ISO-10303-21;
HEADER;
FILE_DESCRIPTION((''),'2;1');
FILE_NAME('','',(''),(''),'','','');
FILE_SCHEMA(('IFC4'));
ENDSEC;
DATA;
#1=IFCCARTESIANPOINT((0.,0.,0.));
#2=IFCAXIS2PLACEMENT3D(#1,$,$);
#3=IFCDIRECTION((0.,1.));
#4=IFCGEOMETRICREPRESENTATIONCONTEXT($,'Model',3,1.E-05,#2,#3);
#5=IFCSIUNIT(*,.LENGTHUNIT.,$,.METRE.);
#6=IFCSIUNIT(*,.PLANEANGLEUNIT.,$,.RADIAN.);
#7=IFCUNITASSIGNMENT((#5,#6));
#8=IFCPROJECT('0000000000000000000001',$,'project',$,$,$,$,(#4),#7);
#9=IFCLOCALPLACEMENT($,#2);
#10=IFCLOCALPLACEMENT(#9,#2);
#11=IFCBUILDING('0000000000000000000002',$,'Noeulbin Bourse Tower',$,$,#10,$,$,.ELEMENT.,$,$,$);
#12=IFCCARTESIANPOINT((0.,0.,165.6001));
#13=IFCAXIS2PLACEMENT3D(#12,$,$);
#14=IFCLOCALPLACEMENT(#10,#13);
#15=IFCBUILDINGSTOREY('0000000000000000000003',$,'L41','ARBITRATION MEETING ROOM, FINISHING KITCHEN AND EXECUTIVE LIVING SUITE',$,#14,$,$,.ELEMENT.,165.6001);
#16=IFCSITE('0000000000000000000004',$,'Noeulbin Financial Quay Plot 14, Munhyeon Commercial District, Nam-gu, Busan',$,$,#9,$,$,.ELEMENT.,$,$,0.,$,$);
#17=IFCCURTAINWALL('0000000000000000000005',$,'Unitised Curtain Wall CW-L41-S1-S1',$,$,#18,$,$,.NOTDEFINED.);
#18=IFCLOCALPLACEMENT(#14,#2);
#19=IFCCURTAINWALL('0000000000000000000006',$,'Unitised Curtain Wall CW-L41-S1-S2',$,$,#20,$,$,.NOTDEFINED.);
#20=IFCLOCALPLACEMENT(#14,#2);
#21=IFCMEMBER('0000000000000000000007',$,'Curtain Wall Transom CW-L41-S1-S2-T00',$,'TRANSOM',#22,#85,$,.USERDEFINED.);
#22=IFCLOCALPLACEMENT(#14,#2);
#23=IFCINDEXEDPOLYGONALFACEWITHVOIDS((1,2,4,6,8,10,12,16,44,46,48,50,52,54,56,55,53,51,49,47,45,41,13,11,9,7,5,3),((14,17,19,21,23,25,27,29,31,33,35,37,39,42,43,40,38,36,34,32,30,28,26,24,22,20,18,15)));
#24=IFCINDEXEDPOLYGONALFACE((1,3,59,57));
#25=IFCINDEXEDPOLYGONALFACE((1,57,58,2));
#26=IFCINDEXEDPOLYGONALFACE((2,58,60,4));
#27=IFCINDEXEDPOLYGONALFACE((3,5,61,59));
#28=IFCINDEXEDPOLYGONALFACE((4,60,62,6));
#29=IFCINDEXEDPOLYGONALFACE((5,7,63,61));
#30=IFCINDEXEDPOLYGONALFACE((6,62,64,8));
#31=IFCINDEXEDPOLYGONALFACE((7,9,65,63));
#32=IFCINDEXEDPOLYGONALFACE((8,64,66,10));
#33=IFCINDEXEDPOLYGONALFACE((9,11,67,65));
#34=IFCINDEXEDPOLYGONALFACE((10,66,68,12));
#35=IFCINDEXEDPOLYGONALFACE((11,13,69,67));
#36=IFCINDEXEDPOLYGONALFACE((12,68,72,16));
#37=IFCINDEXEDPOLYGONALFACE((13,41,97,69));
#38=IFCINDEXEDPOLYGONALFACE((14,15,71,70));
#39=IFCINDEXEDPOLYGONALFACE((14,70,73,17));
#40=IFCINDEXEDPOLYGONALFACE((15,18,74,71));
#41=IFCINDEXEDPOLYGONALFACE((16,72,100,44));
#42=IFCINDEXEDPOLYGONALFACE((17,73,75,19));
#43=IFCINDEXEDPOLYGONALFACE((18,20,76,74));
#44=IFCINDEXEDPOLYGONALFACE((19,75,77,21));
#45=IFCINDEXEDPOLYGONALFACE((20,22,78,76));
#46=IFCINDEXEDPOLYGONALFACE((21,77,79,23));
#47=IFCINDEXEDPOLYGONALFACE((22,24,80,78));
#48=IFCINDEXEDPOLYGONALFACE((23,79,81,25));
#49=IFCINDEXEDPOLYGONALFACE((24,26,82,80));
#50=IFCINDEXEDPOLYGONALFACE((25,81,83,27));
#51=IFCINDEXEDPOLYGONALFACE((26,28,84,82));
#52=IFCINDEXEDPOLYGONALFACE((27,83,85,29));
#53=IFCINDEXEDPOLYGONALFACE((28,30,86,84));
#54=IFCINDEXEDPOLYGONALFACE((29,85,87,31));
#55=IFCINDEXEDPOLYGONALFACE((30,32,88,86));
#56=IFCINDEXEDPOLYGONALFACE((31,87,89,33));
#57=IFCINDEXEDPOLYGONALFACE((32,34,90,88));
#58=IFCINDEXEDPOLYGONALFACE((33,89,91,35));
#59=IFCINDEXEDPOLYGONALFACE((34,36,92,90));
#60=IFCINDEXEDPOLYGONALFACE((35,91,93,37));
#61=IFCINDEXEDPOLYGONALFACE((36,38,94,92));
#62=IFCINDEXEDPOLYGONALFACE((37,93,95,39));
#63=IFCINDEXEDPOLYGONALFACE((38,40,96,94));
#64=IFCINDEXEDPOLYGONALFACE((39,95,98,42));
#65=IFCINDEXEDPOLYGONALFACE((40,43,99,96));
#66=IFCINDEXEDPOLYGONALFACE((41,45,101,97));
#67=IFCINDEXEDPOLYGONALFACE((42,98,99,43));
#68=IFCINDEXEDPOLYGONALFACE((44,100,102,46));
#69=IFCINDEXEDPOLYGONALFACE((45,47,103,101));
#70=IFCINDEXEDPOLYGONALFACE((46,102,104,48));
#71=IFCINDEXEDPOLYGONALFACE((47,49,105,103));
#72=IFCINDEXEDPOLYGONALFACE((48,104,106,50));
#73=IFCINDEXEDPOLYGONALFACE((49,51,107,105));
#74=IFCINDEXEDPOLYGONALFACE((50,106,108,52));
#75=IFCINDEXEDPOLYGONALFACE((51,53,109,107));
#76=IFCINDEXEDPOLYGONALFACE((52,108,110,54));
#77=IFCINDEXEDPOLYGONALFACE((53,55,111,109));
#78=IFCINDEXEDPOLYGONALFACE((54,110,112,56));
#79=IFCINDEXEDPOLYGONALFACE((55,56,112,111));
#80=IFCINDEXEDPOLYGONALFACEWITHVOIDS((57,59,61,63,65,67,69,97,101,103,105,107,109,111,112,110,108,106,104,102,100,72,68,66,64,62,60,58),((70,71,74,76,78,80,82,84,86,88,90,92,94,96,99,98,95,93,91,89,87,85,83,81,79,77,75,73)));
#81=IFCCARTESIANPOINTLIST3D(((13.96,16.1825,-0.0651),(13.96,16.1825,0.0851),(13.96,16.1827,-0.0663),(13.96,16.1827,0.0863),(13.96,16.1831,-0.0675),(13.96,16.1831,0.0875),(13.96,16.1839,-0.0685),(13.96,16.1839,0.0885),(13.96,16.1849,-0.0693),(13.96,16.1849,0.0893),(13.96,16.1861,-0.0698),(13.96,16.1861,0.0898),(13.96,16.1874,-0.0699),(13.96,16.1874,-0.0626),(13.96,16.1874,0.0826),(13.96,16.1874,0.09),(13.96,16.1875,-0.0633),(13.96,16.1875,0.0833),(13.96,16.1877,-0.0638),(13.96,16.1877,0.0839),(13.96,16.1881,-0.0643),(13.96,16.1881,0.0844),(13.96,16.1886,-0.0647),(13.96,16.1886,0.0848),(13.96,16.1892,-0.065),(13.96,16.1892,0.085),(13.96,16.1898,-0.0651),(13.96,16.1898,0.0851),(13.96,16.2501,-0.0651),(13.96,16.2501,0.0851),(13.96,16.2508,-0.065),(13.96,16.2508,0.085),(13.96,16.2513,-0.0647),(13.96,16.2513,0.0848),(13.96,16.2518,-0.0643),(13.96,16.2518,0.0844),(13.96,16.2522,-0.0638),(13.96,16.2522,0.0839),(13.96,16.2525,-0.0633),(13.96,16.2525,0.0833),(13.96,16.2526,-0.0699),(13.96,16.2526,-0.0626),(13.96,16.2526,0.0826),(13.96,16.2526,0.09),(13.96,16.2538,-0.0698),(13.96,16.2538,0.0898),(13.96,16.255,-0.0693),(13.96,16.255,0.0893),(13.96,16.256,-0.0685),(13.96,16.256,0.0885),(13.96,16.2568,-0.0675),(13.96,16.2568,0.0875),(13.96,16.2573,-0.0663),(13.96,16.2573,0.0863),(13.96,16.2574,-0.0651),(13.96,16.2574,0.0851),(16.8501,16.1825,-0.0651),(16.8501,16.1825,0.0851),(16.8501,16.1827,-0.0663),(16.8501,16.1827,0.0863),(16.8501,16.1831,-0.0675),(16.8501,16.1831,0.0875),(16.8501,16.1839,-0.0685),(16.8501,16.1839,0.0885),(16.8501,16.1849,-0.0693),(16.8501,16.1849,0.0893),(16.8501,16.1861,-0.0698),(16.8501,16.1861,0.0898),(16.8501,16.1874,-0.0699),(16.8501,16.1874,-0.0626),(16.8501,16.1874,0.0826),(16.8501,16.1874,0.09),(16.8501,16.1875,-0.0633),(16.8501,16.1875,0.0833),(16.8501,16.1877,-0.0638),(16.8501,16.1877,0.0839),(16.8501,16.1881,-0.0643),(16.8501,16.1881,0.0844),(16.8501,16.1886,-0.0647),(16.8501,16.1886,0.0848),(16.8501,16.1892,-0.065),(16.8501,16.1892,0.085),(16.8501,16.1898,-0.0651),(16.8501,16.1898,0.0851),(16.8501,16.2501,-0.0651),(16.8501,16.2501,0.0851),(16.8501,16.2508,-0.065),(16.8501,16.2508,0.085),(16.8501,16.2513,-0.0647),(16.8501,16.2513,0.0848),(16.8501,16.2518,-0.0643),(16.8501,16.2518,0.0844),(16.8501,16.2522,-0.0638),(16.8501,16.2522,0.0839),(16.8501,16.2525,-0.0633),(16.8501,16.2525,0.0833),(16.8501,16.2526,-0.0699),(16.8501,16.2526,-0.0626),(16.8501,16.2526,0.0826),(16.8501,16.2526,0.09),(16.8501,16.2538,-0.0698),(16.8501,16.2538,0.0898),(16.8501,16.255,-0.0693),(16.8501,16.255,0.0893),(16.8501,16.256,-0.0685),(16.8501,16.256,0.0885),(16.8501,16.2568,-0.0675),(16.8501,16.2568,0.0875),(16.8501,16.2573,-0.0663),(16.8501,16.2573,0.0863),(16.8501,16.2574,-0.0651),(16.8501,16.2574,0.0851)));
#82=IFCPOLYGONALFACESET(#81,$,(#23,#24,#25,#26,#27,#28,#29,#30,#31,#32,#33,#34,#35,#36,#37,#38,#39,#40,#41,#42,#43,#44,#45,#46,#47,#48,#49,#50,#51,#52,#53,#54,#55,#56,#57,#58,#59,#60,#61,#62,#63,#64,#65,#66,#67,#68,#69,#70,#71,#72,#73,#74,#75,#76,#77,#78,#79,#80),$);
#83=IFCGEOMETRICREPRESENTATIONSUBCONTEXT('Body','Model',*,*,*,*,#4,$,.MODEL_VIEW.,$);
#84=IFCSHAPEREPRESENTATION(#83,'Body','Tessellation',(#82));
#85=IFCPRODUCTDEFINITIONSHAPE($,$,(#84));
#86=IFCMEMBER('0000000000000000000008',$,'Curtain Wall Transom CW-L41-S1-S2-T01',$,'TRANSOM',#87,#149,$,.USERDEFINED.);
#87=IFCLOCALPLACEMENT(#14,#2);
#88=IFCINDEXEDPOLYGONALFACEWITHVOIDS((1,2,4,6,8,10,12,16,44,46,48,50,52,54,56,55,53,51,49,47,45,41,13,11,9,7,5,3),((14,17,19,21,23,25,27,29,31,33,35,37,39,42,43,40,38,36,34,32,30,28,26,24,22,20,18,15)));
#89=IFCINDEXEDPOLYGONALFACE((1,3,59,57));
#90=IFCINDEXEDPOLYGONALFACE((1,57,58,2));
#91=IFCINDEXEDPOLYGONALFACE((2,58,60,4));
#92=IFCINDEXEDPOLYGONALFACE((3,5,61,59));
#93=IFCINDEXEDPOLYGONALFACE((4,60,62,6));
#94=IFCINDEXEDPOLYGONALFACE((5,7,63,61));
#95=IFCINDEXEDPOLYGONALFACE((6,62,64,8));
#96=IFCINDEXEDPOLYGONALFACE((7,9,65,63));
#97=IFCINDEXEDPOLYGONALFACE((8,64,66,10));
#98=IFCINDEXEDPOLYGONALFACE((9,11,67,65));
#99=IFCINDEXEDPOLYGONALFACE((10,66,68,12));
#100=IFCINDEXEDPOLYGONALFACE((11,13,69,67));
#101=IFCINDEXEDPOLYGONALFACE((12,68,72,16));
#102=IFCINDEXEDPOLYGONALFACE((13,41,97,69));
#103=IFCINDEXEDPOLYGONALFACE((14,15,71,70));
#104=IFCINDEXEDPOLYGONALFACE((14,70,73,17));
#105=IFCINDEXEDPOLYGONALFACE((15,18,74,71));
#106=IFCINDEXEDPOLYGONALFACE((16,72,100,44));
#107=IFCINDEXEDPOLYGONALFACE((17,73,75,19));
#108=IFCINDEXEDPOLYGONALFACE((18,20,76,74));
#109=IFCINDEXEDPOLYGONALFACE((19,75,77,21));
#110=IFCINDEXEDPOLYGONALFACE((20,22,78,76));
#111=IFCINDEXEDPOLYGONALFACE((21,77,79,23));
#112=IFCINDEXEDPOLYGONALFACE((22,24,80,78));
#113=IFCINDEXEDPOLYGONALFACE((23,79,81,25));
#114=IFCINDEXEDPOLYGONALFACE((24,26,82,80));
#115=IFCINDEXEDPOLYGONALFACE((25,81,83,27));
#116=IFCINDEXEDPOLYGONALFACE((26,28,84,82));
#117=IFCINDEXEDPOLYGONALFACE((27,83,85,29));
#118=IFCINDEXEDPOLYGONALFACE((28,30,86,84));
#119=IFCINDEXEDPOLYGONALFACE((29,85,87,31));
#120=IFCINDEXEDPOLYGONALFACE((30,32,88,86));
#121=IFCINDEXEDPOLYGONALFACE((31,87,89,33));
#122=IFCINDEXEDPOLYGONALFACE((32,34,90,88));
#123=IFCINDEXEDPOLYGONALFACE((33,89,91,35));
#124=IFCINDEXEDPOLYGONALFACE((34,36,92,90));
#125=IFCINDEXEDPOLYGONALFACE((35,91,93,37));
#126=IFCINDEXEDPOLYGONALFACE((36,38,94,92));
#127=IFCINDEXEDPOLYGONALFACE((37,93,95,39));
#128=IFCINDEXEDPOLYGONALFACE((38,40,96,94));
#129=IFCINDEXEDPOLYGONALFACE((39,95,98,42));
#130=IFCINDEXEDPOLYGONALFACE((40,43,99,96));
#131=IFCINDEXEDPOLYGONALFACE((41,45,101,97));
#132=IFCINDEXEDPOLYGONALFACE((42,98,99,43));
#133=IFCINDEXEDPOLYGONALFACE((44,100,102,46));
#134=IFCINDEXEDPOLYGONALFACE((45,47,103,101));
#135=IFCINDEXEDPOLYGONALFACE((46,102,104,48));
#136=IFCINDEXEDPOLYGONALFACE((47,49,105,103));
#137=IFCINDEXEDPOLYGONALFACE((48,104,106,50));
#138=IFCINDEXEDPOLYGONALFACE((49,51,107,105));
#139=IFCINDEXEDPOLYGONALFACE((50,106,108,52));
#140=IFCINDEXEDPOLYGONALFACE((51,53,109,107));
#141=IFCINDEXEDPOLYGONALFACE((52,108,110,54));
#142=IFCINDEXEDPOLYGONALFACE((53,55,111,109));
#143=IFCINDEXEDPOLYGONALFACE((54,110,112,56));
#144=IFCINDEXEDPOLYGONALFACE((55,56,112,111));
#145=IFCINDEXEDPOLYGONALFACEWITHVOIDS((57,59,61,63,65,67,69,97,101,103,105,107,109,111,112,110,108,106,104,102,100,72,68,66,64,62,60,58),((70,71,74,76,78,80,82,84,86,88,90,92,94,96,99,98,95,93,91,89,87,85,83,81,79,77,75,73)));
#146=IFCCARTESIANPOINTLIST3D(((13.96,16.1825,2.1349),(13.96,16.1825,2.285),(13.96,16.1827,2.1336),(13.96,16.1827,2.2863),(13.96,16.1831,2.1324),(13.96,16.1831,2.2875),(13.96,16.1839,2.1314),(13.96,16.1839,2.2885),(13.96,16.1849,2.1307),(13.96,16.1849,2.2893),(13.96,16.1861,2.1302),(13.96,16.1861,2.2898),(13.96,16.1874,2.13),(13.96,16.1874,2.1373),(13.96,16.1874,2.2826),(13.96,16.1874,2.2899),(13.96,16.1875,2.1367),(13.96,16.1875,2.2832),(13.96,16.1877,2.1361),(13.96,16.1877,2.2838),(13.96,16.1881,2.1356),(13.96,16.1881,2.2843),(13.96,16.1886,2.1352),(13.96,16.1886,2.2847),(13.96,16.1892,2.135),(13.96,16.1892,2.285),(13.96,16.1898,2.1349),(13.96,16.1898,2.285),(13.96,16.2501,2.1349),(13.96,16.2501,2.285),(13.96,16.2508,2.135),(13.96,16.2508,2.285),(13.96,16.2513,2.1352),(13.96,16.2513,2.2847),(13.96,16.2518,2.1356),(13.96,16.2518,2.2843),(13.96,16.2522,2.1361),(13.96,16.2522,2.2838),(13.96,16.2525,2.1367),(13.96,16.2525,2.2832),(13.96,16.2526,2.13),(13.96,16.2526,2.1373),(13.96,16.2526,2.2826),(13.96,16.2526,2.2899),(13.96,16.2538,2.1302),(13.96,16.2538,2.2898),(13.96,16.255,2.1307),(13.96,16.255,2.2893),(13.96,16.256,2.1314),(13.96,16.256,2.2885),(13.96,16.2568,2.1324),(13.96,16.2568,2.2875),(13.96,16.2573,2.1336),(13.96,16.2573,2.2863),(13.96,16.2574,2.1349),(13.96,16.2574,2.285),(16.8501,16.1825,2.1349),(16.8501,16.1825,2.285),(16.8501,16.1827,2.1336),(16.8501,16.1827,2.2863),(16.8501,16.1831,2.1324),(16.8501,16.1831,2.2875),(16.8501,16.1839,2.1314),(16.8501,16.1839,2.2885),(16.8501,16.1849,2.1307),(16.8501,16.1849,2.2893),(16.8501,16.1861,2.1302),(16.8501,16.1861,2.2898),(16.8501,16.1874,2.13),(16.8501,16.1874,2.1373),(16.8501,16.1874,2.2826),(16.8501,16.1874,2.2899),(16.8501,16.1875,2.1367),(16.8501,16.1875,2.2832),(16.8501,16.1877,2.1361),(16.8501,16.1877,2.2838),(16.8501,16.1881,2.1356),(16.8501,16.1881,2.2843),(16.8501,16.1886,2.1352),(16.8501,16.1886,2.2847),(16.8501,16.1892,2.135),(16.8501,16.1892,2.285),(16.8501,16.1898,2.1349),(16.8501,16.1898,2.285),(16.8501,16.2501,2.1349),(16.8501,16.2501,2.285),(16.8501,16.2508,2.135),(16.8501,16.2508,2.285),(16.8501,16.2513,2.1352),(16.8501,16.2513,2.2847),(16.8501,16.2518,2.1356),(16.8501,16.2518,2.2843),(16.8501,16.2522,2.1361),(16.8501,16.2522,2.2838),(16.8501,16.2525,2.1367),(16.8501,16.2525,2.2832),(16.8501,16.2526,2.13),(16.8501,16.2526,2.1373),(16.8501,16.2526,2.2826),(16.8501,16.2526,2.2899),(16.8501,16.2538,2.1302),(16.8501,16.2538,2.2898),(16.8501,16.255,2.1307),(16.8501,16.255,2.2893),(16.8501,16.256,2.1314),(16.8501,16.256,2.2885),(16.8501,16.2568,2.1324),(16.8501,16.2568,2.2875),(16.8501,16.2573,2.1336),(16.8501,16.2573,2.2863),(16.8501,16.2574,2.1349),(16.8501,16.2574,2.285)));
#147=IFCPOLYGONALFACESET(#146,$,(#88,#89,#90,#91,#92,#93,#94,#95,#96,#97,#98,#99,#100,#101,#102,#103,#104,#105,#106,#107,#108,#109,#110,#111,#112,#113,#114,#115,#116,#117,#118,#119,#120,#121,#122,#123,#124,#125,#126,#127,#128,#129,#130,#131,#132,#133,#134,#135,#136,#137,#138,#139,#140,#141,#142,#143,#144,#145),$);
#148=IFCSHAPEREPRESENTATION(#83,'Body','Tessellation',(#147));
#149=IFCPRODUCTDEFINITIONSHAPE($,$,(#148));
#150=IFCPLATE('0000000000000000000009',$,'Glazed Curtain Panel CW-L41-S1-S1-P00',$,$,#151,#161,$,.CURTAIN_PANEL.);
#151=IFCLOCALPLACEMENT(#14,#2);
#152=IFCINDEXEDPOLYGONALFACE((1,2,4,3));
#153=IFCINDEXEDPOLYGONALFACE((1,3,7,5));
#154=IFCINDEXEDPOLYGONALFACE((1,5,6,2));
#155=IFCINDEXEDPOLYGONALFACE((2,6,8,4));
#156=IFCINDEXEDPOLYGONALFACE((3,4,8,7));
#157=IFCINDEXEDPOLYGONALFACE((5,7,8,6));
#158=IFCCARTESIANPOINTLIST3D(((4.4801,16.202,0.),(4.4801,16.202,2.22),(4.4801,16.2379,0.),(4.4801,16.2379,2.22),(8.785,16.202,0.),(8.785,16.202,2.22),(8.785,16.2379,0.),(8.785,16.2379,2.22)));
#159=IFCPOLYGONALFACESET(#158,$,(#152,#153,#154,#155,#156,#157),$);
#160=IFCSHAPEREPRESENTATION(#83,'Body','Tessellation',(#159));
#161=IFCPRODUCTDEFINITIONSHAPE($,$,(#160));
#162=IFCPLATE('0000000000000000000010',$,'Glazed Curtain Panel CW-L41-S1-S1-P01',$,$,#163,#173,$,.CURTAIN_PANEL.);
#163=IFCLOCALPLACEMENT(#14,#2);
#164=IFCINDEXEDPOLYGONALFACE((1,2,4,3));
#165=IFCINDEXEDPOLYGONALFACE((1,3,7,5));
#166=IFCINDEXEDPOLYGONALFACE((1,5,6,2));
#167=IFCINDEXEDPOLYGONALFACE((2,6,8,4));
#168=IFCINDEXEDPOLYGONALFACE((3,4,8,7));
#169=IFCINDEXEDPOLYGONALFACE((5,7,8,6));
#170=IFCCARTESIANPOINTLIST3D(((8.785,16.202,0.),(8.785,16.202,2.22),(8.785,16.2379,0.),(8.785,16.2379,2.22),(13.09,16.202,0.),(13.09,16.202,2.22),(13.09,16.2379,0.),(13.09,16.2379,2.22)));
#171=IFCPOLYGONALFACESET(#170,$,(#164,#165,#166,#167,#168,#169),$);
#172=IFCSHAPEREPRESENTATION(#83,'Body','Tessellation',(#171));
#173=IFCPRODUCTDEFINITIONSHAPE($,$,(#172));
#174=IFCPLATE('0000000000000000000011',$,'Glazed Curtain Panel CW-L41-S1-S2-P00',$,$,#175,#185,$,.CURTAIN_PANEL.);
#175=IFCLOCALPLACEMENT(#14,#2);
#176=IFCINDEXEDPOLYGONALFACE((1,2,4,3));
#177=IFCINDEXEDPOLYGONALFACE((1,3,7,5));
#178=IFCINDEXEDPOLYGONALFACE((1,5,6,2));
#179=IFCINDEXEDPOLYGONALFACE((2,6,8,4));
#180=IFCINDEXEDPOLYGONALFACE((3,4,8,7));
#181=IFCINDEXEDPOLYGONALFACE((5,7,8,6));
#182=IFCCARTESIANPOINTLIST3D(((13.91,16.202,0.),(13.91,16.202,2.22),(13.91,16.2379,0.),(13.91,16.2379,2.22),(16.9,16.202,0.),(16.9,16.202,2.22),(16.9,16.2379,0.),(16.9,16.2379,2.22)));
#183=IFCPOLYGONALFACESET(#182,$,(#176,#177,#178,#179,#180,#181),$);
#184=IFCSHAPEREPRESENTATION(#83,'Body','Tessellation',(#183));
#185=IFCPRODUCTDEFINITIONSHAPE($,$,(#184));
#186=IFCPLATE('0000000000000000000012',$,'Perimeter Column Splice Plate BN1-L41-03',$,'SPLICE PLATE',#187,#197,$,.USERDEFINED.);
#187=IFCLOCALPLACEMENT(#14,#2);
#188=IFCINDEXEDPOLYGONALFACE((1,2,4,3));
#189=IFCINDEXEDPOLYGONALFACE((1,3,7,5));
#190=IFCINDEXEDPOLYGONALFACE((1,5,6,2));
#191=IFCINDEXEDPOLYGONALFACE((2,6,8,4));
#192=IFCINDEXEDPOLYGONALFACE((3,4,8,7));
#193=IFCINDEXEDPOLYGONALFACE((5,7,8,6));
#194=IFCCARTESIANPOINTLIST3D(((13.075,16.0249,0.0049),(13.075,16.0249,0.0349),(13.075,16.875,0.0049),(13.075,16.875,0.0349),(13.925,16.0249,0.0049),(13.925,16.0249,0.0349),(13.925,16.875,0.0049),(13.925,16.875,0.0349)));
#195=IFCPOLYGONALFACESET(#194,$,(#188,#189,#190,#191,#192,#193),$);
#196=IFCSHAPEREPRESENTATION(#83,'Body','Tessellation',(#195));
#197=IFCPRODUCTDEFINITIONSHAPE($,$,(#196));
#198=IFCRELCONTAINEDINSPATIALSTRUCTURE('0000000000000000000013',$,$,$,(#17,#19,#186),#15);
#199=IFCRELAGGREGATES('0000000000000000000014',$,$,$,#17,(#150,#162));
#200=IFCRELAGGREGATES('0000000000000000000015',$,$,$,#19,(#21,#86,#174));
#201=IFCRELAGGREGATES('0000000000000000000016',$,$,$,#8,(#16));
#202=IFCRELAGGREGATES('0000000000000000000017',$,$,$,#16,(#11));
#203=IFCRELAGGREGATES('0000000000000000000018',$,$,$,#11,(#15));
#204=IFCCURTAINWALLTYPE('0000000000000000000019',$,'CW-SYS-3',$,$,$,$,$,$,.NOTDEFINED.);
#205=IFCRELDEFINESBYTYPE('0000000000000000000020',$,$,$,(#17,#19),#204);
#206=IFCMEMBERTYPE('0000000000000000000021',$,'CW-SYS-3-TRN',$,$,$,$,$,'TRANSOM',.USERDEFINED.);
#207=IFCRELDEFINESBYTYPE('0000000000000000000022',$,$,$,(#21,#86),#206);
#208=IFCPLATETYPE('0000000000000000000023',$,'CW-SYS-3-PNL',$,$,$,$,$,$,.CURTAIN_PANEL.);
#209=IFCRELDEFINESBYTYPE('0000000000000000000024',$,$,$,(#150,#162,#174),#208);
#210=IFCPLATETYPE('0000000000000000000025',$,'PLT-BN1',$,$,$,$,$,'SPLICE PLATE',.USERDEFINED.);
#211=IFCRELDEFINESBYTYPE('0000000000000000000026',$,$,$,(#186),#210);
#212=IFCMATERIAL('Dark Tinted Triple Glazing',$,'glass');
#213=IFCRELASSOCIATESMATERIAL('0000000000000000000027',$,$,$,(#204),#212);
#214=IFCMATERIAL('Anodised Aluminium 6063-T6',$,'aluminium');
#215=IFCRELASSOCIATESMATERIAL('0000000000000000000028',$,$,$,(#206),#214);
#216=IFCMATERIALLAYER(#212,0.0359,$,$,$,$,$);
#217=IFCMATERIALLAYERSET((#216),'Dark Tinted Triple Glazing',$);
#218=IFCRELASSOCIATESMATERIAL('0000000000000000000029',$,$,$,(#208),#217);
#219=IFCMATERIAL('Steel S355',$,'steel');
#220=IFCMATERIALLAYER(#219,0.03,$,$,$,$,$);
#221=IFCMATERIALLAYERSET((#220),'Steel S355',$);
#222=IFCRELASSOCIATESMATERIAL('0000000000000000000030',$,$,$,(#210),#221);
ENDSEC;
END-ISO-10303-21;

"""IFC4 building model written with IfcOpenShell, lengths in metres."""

from ifc_helpers import new_model, si_unit, direction, frame, origin, origin_2d, place, context, subcontext, project, spatial, rectangle, hollow_rectangle, extrude, material, layer, layer_set, material_profile, profile_set, type_object, element, aggregate, save


model = new_model("IFC4")

# Units and contexts
model_context = context("Model", 3, precision=1e-05, world=origin(), true_north=direction((0.0, 1.0)))
body_context = subcontext(model_context, "Body", "Model", "MODEL_VIEW")
ifc_project = project(units=[si_unit("LENGTHUNIT", "METRE"), si_unit("PLANEANGLEUNIT", "RADIAN")], contexts=[model_context])

# Site, building, storey
site_placement = place(None, origin())
site = spatial("IfcSite", under=ifc_project, at=site_placement, Name="Noeulbin Financial Quay Plot 14, Munhyeon Commercial District, Nam-gu, Busan", CompositionType="ELEMENT", RefElevation=0.0)
building_placement = place(site_placement, origin())
building = spatial("IfcBuilding", under=site, at=building_placement, Name="Noeulbin Bourse Tower", CompositionType="ELEMENT")
storey_placement = place(building_placement, frame((0.0, 0.0, 165.6001)))
storey = spatial("IfcBuildingStorey", under=building, at=storey_placement, Name="L41", Description="ARBITRATION MEETING ROOM, FINISHING KITCHEN AND EXECUTIVE LIVING SUITE", CompositionType="ELEMENT", Elevation=165.6001)

# Shared definitions
ifc_material_1 = material(Name="Steel S355", Category="steel")

# Curtain walls
ifc_material_2 = material(Name="Dark Tinted Triple Glazing", Category="glass")
curtain_wall_type = type_object("IfcCurtainWallType", Name="CW-SYS-3", PredefinedType="NOTDEFINED", material=ifc_material_2)
curtain_wall_1_placement = place(storey_placement, origin())
curtain_wall_1 = element("IfcCurtainWall", 1, at=curtain_wall_1_placement, inside=storey, type_object=curtain_wall_type, Name="Unitised Curtain Wall CW-L41-S1-S1", PredefinedType="NOTDEFINED")
ifc_material_3 = material(Name="Anodised Aluminium 6063-T6", Category="aluminium")
curtain_wall_2_placement = place(storey_placement, origin())
curtain_wall_2 = element("IfcCurtainWall", 2, at=curtain_wall_2_placement, inside=storey, type_object=curtain_wall_type, Name="Unitised Curtain Wall CW-L41-S1-S2", PredefinedType="NOTDEFINED")

# Members
ifc_material_profile_1 = material_profile(ifc_material_3, hollow_rectangle(XDim=0.075, YDim=0.1599, WallThickness=0.0049, InnerFilletRadius=0.0024, OuterFilletRadius=0.0049, at=origin_2d()), Name="ALU-TRAN-75x160x5", Category="LoadBearing")
ifc_profile_set_1 = profile_set([ifc_material_profile_1], Name="Anodised Aluminium 6063-T6")
member_type_1 = type_object("IfcMemberType", Name="CW-SYS-3-TRN", ElementType="TRANSOM", PredefinedType="USERDEFINED", material=ifc_profile_set_1)
member_1_placement = place(storey_placement, frame((13.96, 16.22, 0.01), z_axis=(1.0, 0.0, 0.0), x_axis=(0.0, 1.0, 0.0)))
member_1 = element("IfcMember", 3, at=member_1_placement, type_object=member_type_1, Name="Curtain Wall Transom CW-L41-S1-S2-T00", ObjectType="TRANSOM", PredefinedType="USERDEFINED", context=body_context, shape_type="SweptSolid", body=[
    extrude(hollow_rectangle(XDim=0.075, YDim=0.1599, WallThickness=0.0049, InnerFilletRadius=0.0024, OuterFilletRadius=0.0049, at=origin_2d()), origin(), (0.0, 0.0, 1.0), 2.8901),
])
member_2_placement = place(storey_placement, frame((13.96, 16.22, 2.21), z_axis=(1.0, 0.0, 0.0), x_axis=(0.0, 1.0, 0.0)))
member_2 = element("IfcMember", 4, at=member_2_placement, type_object=member_type_1, Name="Curtain Wall Transom CW-L41-S1-S2-T01", ObjectType="TRANSOM", PredefinedType="USERDEFINED", context=body_context, shape_type="SweptSolid", body=[
    extrude(hollow_rectangle(XDim=0.075, YDim=0.1599, WallThickness=0.0049, InnerFilletRadius=0.0024, OuterFilletRadius=0.0049, at=origin_2d()), origin(), (0.0, 0.0, 1.0), 2.8901),
])

# Plates
ifc_layer_1 = layer(ifc_material_2, 0.0359)
ifc_layer_set_1 = layer_set([ifc_layer_1], Name="Dark Tinted Triple Glazing")
plate_type_1 = type_object("IfcPlateType", Name="CW-SYS-3-PNL", PredefinedType="CURTAIN_PANEL", material=ifc_layer_set_1)
plate_1_placement = place(storey_placement, frame((6.6326, 16.22, 0.0), z_axis=(0.0, 0.0, 1.0), x_axis=(1.0, 0.0, 0.0)))
plate_1 = element("IfcPlate", 5, at=plate_1_placement, type_object=plate_type_1, Name="Glazed Curtain Panel CW-L41-S1-S1-P00", PredefinedType="CURTAIN_PANEL", context=body_context, shape_type="SweptSolid", body=[
    extrude(rectangle(XDim=4.3049, YDim=0.0359, at=origin_2d()), origin(), (0.0, 0.0, 1.0), 2.22),
])
plate_2_placement = place(storey_placement, frame((10.9375, 16.22, 0.0), z_axis=(0.0, 0.0, 1.0), x_axis=(1.0, 0.0, 0.0)))
plate_2 = element("IfcPlate", 6, at=plate_2_placement, type_object=plate_type_1, Name="Glazed Curtain Panel CW-L41-S1-S1-P01", PredefinedType="CURTAIN_PANEL", context=body_context, shape_type="SweptSolid", body=[
    extrude(rectangle(XDim=4.3049, YDim=0.0359, at=origin_2d()), origin(), (0.0, 0.0, 1.0), 2.22),
])
aggregate(curtain_wall_1, [plate_1, plate_2])
plate_3_placement = place(storey_placement, frame((15.405, 16.22, 0.0), z_axis=(0.0, 0.0, 1.0), x_axis=(1.0, 0.0, 0.0)))
plate_3 = element("IfcPlate", 7, at=plate_3_placement, type_object=plate_type_1, Name="Glazed Curtain Panel CW-L41-S1-S2-P00", PredefinedType="CURTAIN_PANEL", context=body_context, shape_type="SweptSolid", body=[
    extrude(rectangle(XDim=2.99, YDim=0.0359, at=origin_2d()), origin(), (0.0, 0.0, 1.0), 2.22),
])
aggregate(curtain_wall_2, [member_1, member_2, plate_3])

# Plate
ifc_layer_2 = layer(ifc_material_1, 0.03)
ifc_layer_set_2 = layer_set([ifc_layer_2], Name="Steel S355")
plate_type_2 = type_object("IfcPlateType", Name="PLT-BN1", ElementType="SPLICE PLATE", PredefinedType="USERDEFINED", material=ifc_layer_set_2)
plate_4_placement = place(storey_placement, frame((13.5, 16.45, 0.0049), z_axis=(0.0, 0.0, 1.0), x_axis=(1.0, 0.0, 0.0)))
element("IfcPlate", 8, at=plate_4_placement, inside=storey, type_object=plate_type_2, Name="Perimeter Column Splice Plate BN1-L41-03", ObjectType="SPLICE PLATE", PredefinedType="USERDEFINED", context=body_context, shape_type="SweptSolid", body=[
    extrude(rectangle(XDim=0.8501, YDim=0.8501, at=origin_2d()), origin(), (0.0, 0.0, 1.0), 0.03),
])

save(model, "model.ifc")
